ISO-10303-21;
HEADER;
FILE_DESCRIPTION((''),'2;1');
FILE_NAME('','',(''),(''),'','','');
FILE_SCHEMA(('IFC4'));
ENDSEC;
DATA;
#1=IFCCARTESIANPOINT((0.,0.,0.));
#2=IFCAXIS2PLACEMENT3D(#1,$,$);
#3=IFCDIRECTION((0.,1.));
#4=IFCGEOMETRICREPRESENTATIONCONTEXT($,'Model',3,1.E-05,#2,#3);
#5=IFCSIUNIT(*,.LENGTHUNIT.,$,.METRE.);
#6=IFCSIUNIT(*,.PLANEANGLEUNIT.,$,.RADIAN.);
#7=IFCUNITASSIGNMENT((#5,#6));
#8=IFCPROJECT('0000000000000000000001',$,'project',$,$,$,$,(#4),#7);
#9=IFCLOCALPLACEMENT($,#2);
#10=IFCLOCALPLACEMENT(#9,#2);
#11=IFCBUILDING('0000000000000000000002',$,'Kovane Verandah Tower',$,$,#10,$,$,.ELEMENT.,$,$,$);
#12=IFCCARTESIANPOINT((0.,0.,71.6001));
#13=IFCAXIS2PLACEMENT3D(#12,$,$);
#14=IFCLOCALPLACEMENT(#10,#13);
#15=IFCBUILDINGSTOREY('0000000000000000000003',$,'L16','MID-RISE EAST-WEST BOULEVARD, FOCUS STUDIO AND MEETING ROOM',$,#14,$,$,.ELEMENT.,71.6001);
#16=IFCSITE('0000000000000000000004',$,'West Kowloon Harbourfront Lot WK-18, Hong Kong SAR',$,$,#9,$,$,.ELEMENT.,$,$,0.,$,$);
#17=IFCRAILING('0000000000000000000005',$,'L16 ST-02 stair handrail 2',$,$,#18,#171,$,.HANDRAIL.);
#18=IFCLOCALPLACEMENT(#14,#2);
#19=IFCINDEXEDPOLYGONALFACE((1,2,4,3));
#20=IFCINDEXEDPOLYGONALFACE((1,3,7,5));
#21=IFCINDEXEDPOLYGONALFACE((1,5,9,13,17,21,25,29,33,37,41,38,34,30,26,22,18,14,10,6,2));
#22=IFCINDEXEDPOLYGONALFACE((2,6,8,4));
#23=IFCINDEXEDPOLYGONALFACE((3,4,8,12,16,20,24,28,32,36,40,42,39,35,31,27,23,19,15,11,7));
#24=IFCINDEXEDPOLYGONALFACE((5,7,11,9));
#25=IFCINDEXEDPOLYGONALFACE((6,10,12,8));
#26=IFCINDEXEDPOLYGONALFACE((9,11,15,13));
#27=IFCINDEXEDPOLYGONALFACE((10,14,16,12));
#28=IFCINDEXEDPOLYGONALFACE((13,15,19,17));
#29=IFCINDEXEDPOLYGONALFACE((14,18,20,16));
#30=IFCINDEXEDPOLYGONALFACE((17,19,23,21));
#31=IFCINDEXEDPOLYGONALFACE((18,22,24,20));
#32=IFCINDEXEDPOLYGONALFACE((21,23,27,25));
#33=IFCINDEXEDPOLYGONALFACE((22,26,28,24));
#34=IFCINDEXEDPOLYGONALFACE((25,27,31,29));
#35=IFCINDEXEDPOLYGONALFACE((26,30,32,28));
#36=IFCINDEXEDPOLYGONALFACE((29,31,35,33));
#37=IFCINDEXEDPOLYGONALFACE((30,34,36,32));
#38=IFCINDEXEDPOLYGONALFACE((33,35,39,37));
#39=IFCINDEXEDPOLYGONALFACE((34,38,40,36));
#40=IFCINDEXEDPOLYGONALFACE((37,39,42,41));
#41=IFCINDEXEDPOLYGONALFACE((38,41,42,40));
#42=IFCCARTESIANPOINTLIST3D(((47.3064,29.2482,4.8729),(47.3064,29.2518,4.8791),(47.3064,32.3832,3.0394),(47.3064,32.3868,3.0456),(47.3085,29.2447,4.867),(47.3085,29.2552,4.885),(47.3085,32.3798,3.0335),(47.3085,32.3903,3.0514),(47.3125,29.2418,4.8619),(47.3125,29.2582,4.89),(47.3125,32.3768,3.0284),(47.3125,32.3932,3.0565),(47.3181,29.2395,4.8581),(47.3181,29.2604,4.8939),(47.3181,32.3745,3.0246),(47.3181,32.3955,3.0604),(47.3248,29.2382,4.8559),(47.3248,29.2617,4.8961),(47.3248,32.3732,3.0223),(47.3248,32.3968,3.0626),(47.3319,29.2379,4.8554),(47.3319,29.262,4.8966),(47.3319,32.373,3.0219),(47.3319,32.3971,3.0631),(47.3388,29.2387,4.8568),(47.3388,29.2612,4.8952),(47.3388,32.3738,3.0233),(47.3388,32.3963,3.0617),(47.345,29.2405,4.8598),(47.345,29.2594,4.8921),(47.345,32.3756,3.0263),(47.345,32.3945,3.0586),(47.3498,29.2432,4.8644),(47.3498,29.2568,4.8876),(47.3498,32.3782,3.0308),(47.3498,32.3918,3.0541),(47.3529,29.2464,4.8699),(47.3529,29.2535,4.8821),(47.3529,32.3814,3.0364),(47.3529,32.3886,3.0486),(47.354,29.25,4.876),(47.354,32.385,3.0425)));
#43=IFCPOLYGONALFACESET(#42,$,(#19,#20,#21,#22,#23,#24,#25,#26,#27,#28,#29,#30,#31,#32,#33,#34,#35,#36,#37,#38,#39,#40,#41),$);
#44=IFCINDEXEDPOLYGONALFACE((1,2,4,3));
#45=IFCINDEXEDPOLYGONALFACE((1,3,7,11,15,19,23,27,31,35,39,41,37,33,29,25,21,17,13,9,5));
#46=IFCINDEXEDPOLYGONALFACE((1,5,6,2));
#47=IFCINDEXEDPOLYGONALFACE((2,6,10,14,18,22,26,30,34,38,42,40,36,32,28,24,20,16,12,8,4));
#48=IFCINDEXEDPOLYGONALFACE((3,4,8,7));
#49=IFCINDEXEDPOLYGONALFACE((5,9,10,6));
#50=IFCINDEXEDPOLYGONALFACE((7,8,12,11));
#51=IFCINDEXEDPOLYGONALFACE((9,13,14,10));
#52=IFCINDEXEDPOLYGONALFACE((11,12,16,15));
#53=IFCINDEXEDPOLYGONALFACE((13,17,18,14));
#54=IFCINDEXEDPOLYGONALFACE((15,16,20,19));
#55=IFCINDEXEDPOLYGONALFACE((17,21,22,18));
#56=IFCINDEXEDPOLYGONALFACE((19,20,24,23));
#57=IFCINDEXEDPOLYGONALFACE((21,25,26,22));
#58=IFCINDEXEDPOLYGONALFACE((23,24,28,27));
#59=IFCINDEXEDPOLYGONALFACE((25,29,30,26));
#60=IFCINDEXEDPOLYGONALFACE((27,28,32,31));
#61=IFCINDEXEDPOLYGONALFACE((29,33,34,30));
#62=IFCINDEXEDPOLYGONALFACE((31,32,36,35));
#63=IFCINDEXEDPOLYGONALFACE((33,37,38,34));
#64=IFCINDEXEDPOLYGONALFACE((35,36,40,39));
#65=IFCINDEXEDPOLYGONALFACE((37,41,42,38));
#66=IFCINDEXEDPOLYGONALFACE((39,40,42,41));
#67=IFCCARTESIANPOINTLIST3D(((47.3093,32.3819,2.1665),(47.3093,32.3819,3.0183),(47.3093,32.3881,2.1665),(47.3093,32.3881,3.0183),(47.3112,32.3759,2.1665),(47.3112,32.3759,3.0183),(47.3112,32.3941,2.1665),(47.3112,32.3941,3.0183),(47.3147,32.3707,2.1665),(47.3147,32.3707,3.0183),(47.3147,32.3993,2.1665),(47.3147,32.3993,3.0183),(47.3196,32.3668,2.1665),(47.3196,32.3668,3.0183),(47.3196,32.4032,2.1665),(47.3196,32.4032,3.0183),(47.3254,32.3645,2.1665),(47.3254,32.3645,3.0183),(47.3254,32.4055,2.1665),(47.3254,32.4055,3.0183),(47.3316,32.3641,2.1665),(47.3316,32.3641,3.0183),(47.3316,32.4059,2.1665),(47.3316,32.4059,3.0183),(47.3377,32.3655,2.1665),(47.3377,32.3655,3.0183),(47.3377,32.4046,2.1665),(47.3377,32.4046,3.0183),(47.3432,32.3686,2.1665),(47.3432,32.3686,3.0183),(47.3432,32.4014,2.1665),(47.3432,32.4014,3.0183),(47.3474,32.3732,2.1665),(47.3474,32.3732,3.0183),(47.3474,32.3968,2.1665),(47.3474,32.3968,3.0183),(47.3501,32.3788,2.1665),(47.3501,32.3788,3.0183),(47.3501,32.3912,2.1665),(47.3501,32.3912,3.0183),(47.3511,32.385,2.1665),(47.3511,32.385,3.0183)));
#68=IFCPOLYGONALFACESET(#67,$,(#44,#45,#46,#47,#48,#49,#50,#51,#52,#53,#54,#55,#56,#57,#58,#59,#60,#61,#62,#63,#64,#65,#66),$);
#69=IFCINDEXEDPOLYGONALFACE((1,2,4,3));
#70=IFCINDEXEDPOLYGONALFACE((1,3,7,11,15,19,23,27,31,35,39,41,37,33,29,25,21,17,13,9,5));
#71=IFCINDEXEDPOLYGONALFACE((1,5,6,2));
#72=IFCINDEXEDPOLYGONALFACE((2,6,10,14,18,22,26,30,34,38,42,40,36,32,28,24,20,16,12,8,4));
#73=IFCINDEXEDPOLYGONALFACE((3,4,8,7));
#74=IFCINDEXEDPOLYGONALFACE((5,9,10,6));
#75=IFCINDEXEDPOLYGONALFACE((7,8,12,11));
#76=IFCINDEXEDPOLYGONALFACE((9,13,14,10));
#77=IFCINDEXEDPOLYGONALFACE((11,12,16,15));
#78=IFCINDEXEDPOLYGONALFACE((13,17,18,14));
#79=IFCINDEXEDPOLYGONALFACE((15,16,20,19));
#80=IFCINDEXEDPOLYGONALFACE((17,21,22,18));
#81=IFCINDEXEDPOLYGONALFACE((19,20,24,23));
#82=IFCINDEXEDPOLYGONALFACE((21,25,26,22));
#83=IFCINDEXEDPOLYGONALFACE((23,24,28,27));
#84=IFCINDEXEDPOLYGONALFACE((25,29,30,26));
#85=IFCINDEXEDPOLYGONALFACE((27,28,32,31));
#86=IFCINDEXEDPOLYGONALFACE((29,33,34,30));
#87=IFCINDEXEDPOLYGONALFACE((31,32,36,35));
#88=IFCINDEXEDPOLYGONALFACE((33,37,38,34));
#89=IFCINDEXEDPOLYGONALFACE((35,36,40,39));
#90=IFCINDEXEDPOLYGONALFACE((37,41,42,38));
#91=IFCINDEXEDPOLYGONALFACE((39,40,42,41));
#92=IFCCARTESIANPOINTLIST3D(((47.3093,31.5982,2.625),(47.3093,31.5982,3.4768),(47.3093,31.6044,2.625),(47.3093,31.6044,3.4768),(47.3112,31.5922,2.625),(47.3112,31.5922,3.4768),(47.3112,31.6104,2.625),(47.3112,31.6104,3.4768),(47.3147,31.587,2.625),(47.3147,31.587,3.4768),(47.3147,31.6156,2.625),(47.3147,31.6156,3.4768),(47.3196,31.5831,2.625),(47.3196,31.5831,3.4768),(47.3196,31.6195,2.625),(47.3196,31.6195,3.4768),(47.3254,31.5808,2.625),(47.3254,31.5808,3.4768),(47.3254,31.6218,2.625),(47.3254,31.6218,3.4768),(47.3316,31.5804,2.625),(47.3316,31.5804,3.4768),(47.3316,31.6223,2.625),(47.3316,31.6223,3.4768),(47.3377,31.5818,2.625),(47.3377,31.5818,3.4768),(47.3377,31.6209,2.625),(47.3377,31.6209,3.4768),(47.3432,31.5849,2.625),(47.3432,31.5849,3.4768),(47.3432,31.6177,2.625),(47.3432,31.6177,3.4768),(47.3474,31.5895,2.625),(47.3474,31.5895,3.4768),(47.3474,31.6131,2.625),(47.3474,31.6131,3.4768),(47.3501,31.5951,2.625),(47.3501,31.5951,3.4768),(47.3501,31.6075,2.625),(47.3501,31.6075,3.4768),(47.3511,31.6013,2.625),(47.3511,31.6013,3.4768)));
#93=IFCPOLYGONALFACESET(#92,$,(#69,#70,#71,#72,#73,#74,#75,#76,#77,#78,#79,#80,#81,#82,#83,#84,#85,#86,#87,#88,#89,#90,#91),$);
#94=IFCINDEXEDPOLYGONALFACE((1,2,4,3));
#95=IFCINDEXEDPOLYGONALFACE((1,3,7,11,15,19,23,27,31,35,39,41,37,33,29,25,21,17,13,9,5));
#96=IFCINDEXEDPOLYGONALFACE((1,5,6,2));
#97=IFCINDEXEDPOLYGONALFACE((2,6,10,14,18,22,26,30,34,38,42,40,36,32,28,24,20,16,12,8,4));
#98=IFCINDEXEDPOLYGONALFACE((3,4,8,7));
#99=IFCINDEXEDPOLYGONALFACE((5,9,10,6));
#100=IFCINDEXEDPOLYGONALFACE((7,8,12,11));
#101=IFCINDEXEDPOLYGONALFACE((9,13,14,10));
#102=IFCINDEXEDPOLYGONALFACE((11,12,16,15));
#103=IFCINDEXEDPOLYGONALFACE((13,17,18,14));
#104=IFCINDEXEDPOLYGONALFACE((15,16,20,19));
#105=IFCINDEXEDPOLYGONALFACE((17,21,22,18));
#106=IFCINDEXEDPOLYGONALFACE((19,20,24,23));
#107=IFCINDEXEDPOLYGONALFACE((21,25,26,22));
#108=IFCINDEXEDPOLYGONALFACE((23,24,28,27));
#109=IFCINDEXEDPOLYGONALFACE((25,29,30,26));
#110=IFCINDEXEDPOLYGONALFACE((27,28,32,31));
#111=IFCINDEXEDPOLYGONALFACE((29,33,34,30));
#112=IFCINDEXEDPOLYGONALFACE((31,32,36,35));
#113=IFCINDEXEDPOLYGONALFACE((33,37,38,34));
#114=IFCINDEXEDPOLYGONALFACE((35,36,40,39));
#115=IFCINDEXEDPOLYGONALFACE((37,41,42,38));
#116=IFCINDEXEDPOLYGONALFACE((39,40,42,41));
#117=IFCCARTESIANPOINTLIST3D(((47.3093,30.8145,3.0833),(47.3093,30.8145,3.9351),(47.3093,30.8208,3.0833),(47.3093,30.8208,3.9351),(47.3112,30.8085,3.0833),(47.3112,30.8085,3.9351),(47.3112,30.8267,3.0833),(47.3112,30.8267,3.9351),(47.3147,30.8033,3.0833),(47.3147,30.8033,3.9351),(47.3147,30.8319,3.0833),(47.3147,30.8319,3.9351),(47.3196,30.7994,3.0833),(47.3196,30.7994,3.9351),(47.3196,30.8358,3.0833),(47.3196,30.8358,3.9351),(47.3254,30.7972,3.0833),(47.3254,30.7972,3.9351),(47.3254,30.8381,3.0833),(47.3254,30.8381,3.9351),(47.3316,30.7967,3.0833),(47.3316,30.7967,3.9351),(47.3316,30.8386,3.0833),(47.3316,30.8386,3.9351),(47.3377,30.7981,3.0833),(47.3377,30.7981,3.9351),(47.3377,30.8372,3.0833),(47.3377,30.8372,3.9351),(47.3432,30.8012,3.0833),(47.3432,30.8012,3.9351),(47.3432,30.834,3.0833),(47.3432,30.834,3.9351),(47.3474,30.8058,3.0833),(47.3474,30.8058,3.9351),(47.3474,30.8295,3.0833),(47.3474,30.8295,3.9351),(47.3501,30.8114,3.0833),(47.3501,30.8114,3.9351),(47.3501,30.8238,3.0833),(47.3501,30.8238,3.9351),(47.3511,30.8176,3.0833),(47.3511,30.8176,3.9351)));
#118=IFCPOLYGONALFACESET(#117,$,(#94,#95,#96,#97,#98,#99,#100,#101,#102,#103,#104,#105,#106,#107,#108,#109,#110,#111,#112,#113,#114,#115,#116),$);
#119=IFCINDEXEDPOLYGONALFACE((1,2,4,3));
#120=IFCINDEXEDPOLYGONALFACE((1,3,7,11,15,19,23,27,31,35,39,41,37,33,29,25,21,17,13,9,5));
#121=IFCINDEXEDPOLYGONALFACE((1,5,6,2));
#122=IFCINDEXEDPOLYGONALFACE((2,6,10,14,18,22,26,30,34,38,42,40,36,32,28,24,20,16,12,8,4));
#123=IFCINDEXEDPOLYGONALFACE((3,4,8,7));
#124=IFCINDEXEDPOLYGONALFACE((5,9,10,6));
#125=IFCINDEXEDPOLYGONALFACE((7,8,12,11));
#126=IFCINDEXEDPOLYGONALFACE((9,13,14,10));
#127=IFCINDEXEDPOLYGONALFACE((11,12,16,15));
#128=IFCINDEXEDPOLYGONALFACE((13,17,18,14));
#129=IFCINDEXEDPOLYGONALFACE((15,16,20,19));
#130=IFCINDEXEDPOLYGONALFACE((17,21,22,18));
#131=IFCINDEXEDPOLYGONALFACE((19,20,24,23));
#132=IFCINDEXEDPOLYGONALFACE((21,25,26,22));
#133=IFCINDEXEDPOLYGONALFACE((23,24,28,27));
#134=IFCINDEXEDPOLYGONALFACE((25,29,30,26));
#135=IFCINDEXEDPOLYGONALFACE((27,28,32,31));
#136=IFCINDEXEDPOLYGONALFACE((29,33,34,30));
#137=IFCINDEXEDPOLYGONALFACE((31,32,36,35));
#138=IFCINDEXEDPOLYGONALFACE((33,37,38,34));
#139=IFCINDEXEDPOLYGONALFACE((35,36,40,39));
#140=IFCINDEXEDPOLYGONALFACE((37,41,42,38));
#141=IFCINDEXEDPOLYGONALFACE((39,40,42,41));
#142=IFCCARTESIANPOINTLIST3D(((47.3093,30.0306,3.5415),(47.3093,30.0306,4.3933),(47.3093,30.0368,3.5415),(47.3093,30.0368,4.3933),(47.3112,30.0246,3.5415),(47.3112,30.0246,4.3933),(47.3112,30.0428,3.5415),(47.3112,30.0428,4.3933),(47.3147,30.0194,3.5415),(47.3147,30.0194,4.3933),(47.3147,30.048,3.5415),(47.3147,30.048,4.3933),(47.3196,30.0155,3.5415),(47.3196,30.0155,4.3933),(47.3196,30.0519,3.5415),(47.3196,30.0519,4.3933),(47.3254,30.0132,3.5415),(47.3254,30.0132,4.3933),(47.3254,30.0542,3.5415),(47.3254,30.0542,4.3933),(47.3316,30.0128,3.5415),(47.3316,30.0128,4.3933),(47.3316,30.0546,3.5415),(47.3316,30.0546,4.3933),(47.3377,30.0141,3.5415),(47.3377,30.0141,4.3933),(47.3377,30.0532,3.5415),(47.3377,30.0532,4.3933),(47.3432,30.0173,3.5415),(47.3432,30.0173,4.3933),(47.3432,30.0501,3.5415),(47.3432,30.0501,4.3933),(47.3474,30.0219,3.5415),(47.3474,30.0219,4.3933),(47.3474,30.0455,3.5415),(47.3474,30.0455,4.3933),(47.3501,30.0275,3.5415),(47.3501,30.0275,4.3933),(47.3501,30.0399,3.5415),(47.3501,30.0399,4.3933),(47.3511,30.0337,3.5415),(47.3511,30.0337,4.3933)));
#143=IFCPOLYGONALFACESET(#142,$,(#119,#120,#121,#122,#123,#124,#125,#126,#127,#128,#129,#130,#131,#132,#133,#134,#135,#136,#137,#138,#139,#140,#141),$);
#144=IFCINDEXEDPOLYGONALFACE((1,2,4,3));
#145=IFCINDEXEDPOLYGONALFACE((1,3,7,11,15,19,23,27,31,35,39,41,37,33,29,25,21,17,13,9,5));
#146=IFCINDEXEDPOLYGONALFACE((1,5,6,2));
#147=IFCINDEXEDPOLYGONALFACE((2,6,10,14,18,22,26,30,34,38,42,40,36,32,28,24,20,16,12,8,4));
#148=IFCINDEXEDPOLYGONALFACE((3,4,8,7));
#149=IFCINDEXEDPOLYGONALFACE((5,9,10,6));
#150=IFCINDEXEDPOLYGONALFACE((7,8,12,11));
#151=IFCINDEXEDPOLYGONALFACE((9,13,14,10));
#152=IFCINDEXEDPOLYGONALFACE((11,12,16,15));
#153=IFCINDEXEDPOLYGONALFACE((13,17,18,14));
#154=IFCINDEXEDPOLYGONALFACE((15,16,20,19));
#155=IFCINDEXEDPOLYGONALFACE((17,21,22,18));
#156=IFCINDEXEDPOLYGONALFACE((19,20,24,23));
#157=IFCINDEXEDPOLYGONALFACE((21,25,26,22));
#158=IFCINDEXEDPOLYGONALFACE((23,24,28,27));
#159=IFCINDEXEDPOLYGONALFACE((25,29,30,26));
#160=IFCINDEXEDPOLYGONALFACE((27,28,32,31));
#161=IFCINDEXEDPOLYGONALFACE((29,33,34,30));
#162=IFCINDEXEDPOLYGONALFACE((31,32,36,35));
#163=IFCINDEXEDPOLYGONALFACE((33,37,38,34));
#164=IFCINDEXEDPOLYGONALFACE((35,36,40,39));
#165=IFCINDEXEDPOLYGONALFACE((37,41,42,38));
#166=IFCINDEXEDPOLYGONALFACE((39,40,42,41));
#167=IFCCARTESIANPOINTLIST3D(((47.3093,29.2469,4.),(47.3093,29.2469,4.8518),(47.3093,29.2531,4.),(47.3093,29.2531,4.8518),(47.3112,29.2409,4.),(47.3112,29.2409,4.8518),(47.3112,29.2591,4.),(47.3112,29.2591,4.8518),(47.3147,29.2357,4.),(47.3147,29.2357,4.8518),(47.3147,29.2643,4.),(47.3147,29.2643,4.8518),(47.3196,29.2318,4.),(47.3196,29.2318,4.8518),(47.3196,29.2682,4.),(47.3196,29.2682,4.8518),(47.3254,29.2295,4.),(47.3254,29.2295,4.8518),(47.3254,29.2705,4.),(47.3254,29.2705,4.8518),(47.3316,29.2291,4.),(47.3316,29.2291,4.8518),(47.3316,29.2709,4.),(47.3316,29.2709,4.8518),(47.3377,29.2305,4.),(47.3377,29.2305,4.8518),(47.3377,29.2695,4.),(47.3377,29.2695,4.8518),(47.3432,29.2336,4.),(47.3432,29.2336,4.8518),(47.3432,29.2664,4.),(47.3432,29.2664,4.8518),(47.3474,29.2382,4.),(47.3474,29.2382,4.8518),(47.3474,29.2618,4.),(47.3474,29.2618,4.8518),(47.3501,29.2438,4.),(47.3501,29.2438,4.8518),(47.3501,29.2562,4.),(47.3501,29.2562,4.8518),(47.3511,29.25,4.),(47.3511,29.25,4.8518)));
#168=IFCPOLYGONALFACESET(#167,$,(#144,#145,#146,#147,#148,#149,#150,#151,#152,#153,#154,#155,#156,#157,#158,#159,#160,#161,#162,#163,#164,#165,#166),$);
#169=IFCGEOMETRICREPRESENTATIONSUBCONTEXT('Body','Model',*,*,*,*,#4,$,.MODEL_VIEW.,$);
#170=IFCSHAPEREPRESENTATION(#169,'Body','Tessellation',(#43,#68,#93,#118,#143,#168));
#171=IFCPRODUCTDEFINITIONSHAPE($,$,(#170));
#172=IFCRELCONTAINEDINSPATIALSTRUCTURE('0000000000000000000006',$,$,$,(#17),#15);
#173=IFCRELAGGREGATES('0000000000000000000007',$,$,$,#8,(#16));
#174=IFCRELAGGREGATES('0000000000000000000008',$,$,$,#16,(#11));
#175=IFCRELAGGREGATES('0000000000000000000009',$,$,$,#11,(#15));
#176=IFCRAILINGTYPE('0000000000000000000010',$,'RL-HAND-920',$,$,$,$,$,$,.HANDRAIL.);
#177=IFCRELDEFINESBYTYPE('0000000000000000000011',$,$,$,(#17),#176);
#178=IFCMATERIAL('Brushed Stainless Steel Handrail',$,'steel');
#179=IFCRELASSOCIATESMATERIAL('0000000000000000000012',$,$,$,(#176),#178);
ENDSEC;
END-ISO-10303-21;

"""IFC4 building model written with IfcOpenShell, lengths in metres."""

from ifc_helpers import new_model, si_unit, direction, frame, origin, origin_2d, place, context, subcontext, project, spatial, circle, extrude, material, type_object, element, save


model = new_model("IFC4")

# Units and contexts
model_context = context("Model", 3, precision=1e-05, world=origin(), true_north=direction((0.0, 1.0)))
body_context = subcontext(model_context, "Body", "Model", "MODEL_VIEW")
ifc_project = project(units=[si_unit("LENGTHUNIT", "METRE"), si_unit("PLANEANGLEUNIT", "RADIAN")], contexts=[model_context])

# Site, building, storey
site_placement = place(None, origin())
site = spatial("IfcSite", under=ifc_project, at=site_placement, Name="West Kowloon Harbourfront Lot WK-18, Hong Kong SAR", CompositionType="ELEMENT", RefElevation=0.0)
building_placement = place(site_placement, origin())
building = spatial("IfcBuilding", under=site, at=building_placement, Name="Kovane Verandah Tower", CompositionType="ELEMENT")
storey_placement = place(building_placement, frame((0.0, 0.0, 71.6001)))
storey = spatial("IfcBuildingStorey", under=building, at=storey_placement, Name="L16", Description="MID-RISE EAST-WEST BOULEVARD, FOCUS STUDIO AND MEETING ROOM", CompositionType="ELEMENT", Elevation=71.6001)

# Railing
ifc_material_1 = material(Name="Brushed Stainless Steel Handrail", Category="steel")
railing_type_1 = type_object("IfcRailingType", Name="RL-HAND-920", PredefinedType="HANDRAIL", material=ifc_material_1)
railing_1_placement = place(storey_placement, frame((47.3301, 32.385, 2.1665)))
element("IfcRailing", 1, at=railing_1_placement, inside=storey, type_object=railing_type_1, Name="L16 ST-02 stair handrail 2", PredefinedType="HANDRAIL", context=body_context, shape_type="SweptSolid", body=[
    extrude(circle(Radius=0.0239, at=origin_2d()), frame((0.0, 0.0, 0.876), z_axis=(0.0, -0.86321, 0.504845), x_axis=(1.0, 0.0, 0.0)), (0.0, 0.0, 1.0), 3.6318),
    extrude(circle(Radius=0.021, at=origin_2d()), origin(), (0.0, 0.0, 1.0), 0.8518),
    extrude(circle(Radius=0.021, at=origin_2d()), frame((0.0, -0.7837, 0.4585)), (0.0, 0.0, 1.0), 0.8518),
    extrude(circle(Radius=0.021, at=origin_2d()), frame((0.0, -1.5674, 0.9167)), (0.0, 0.0, 1.0), 0.8518),
    extrude(circle(Radius=0.021, at=origin_2d()), frame((0.0, -2.3513, 1.375)), (0.0, 0.0, 1.0), 0.8518),
    extrude(circle(Radius=0.021, at=origin_2d()), frame((0.0, -3.135, 1.8335)), (0.0, 0.0, 1.0), 0.8518),
])

save(model, "model.ifc")
